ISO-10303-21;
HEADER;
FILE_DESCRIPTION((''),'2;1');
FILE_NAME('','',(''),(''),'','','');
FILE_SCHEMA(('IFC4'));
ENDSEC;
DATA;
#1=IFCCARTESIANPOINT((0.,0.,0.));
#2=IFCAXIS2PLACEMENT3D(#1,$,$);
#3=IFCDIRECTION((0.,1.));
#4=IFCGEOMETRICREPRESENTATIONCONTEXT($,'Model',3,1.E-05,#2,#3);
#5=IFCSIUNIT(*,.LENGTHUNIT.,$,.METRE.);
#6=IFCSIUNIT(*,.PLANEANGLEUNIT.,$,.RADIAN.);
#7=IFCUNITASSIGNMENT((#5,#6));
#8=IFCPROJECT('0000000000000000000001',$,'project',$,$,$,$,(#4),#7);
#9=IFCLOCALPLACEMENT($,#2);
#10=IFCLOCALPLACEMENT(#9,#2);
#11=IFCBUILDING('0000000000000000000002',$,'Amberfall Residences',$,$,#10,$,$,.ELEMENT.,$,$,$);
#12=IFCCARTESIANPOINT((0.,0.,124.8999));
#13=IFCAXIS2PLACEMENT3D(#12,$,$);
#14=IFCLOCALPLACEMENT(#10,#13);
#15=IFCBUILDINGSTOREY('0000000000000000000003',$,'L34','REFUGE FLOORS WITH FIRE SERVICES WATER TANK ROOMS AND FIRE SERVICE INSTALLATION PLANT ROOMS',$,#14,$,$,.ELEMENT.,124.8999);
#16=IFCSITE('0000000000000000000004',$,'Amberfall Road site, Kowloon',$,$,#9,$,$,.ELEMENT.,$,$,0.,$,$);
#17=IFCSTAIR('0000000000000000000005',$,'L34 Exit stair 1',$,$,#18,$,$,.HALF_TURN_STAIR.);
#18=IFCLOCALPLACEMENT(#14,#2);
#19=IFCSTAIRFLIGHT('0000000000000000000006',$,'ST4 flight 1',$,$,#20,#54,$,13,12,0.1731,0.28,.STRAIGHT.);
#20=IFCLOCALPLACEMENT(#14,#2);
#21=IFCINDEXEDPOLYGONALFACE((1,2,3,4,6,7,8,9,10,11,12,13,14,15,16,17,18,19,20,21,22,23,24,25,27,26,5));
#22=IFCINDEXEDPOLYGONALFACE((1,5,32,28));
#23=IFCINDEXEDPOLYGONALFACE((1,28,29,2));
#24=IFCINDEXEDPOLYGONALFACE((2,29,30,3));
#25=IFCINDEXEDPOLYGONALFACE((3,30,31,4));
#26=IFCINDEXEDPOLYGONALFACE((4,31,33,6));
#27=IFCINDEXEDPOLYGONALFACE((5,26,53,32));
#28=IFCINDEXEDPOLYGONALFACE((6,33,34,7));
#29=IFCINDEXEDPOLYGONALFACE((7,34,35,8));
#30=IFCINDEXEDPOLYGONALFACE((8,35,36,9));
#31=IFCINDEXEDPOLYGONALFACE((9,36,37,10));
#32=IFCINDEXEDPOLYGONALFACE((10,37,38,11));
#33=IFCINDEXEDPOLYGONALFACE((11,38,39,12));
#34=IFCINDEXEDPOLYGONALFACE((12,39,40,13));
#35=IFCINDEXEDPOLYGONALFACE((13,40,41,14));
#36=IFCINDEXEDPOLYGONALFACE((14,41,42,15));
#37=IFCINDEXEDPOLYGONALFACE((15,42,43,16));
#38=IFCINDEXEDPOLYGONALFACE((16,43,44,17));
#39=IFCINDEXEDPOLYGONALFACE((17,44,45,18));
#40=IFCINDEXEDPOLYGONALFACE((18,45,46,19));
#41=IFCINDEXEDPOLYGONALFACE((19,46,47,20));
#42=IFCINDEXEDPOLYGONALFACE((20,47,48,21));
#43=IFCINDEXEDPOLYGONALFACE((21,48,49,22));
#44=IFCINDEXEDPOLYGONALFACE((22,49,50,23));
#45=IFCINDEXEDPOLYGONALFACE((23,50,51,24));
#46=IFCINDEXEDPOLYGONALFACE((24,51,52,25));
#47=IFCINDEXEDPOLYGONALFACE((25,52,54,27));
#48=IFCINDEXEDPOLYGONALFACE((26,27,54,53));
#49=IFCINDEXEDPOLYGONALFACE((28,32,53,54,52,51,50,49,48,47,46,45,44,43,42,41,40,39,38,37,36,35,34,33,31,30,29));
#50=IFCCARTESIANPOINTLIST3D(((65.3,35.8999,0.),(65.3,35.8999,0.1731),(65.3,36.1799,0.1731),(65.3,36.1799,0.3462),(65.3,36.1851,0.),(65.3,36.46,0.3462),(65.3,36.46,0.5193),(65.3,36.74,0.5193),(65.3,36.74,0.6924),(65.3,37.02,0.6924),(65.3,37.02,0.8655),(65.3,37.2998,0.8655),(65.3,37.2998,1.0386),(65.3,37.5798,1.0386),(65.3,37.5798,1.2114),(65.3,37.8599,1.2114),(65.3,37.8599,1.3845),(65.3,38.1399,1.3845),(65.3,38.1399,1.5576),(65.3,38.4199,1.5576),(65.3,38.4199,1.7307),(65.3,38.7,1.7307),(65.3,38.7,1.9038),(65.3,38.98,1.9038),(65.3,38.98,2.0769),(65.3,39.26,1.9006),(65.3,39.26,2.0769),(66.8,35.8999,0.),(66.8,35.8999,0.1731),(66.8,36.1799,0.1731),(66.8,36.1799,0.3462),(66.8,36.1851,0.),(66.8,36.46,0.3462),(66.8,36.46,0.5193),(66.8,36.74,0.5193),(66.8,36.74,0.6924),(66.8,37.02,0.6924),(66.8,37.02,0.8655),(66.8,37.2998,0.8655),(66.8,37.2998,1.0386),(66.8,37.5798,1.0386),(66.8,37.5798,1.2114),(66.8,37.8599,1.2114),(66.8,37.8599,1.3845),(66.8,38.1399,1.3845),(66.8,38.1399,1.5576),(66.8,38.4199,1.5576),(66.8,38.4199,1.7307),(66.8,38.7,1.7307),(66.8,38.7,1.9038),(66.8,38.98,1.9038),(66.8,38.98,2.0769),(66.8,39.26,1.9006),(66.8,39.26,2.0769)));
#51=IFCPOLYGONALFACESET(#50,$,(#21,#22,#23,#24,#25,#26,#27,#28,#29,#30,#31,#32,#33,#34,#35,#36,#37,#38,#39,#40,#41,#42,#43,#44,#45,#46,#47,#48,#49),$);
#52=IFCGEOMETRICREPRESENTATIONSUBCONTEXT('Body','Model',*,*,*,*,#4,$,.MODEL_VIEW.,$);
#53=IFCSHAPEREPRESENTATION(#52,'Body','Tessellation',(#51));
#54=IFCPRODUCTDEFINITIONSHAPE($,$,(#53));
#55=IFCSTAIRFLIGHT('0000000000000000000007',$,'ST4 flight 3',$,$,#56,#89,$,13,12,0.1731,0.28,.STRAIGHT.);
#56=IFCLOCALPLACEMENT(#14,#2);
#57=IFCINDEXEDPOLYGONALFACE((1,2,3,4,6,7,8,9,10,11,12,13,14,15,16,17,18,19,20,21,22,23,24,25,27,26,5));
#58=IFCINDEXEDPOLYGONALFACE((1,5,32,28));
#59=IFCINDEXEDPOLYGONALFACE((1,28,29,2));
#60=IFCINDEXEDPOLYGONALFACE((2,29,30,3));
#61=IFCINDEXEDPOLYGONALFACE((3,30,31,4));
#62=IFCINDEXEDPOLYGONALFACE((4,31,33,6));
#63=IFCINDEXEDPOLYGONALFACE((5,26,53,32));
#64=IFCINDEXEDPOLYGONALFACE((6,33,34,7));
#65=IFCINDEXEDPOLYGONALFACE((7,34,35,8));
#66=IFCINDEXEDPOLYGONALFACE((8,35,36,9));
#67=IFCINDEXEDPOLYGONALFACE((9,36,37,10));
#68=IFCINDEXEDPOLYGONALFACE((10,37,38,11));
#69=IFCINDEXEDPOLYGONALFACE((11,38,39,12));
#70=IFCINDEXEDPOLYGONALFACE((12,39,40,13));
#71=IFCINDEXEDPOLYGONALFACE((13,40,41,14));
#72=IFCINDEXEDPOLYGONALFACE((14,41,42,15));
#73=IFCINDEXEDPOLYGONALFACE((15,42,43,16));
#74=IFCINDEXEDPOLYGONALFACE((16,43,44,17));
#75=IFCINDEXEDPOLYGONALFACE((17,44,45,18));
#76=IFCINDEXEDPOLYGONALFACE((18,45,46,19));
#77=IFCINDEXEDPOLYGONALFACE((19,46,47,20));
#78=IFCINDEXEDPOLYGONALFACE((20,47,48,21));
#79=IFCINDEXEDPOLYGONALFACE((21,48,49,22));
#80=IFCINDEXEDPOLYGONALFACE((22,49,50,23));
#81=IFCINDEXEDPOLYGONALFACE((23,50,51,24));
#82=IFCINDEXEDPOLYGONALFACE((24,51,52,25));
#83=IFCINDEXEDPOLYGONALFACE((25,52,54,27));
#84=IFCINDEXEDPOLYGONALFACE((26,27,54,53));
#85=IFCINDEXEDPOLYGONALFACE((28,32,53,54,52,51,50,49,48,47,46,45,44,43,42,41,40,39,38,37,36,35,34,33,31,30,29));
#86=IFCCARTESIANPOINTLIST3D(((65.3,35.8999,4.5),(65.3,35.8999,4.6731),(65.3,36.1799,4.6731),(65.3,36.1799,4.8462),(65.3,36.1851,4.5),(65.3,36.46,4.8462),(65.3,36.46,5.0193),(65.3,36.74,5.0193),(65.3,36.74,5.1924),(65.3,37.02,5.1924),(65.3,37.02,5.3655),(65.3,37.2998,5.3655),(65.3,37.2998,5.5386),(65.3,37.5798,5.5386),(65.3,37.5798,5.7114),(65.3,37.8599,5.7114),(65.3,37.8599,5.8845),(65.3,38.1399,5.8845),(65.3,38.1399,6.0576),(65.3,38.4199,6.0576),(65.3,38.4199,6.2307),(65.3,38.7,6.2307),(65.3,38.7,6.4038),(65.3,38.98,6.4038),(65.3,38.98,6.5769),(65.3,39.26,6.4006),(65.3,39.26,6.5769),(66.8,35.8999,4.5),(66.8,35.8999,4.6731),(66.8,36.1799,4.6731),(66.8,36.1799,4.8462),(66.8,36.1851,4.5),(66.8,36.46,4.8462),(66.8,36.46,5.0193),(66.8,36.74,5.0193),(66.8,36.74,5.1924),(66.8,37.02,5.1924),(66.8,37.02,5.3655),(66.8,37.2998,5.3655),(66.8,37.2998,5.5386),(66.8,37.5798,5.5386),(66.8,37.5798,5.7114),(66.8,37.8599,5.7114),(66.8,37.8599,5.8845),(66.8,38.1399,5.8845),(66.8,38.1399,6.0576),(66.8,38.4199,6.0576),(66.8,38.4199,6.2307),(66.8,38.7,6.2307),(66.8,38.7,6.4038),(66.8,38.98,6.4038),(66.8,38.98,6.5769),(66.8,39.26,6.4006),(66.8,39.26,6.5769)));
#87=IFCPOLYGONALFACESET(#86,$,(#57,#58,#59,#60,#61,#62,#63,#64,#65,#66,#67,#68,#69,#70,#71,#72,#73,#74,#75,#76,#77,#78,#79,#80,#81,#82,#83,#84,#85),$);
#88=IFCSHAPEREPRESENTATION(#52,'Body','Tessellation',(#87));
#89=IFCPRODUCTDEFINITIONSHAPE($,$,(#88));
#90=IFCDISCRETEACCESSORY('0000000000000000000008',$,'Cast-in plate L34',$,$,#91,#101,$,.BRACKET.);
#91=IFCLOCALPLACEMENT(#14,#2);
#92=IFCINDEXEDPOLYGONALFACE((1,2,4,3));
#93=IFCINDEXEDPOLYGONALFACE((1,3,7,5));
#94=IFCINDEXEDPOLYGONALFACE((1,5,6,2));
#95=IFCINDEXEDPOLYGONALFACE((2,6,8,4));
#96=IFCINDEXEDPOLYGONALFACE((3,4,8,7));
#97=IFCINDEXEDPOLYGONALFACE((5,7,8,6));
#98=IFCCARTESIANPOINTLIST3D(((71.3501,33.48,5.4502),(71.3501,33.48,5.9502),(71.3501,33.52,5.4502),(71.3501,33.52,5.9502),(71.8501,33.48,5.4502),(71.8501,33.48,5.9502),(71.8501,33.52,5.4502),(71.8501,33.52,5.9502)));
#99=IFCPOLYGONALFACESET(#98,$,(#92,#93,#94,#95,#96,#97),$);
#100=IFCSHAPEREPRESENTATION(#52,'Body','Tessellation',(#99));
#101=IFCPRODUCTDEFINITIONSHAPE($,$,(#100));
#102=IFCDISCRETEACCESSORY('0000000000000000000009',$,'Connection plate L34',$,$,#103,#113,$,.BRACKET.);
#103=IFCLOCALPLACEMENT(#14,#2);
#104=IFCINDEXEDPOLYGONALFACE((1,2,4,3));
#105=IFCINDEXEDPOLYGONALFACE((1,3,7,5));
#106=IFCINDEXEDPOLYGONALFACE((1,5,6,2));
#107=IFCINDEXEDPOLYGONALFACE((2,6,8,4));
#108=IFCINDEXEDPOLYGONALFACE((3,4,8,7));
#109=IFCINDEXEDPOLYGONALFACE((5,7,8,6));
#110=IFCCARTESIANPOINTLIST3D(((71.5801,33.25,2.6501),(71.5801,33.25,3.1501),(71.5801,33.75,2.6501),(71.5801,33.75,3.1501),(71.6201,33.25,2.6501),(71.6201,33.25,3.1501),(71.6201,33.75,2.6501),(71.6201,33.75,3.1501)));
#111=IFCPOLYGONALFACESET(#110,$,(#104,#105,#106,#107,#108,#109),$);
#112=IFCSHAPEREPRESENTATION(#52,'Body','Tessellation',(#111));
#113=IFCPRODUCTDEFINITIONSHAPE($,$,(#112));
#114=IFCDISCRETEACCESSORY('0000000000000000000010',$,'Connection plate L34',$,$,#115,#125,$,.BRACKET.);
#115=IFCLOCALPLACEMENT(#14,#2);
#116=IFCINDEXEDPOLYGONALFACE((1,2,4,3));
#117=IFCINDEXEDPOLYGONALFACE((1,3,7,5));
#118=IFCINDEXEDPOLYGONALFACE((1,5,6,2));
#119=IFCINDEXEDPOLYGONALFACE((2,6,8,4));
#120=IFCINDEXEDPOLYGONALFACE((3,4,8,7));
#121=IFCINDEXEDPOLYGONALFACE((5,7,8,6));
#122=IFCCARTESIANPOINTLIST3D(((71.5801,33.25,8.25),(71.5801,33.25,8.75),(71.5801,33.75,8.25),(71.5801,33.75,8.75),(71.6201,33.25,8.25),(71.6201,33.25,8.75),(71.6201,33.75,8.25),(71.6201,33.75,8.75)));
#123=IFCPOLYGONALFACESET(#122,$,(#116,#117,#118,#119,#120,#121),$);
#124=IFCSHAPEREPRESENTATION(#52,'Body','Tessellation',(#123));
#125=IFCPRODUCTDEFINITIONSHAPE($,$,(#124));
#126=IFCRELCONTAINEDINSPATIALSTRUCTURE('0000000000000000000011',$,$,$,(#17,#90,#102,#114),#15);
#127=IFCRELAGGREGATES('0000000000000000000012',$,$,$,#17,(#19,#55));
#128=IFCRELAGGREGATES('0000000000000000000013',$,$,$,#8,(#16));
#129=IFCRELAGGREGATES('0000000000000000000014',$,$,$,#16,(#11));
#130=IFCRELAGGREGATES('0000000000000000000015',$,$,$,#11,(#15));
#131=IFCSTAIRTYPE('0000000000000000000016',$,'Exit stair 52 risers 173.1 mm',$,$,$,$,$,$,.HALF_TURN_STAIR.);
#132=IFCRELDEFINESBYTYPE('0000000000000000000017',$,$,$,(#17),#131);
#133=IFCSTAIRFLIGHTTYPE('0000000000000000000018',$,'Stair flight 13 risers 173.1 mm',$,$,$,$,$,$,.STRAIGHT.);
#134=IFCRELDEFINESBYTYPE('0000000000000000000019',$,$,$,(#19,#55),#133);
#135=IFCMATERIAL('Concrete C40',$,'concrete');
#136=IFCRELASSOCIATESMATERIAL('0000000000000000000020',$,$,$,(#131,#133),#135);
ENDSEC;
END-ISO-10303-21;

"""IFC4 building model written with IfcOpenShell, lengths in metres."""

from ifc_helpers import new_model, si_unit, direction, frame, origin, origin_2d, place, context, subcontext, project, spatial, polyline, rectangle, outline, extrude, material, type_object, element, aggregate, save


model = new_model("IFC4")

# Units and contexts
model_context = context("Model", 3, precision=1e-05, world=origin(), true_north=direction((0.0, 1.0)))
body_context = subcontext(model_context, "Body", "Model", "MODEL_VIEW")
ifc_project = project(units=[si_unit("LENGTHUNIT", "METRE"), si_unit("PLANEANGLEUNIT", "RADIAN")], contexts=[model_context])

# Site, building, storey
site_placement = place(None, origin())
site = spatial("IfcSite", under=ifc_project, at=site_placement, Name="Amberfall Road site, Kowloon", CompositionType="ELEMENT", RefElevation=0.0)
building_placement = place(site_placement, origin())
building = spatial("IfcBuilding", under=site, at=building_placement, Name="Amberfall Residences", CompositionType="ELEMENT")
storey_placement = place(building_placement, frame((0.0, 0.0, 124.8999)))
storey = spatial("IfcBuildingStorey", under=building, at=storey_placement, Name="L34", Description="REFUGE FLOORS WITH FIRE SERVICES WATER TANK ROOMS AND FIRE SERVICE INSTALLATION PLANT ROOMS", CompositionType="ELEMENT", Elevation=124.8999)

# Stair, stair flights
ifc_material_1 = material(Name="Concrete C40", Category="concrete")
stair_type = type_object("IfcStairType", Name="Exit stair 52 risers 173.1 mm", PredefinedType="HALF_TURN_STAIR", material=ifc_material_1)
stair_placement = place(storey_placement, origin())
stair = element("IfcStair", 1, at=stair_placement, inside=storey, type_object=stair_type, Name="L34 Exit stair 1", PredefinedType="HALF_TURN_STAIR")
stair_flight_type = type_object("IfcStairFlightType", Name="Stair flight 13 risers 173.1 mm", PredefinedType="STRAIGHT", material=ifc_material_1)
stair_flight_1_placement = place(storey_placement, frame((66.05, 35.8999, 0.0), z_axis=(0.0, 0.0, 1.0), x_axis=(0.0, 1.0, 0.0)))
stair_flight_1 = element("IfcStairFlight", 2, at=stair_flight_1_placement, type_object=stair_flight_type, Name="ST4 flight 1", NumberOfRisers=13, NumberOfTreads=12, PredefinedType="STRAIGHT", RiserHeight=0.1731, TreadLength=0.28, context=body_context, shape_type="SweptSolid", body=[
    extrude(outline(polyline([(0.0, 0.0), (0.0, 0.1731), (0.28, 0.1731), (0.28, 0.3462), (0.5601, 0.3462), (0.5601, 0.5193), (0.8401, 0.5193), (0.8401, 0.6924), (1.1201, 0.6924), (1.1201, 0.8655), (1.3999, 0.8655), (1.3999, 1.0386), (1.6799, 1.0386), (1.6799, 1.2114), (1.96, 1.2114), (1.96, 1.3845), (2.24, 1.3845), (2.24, 1.5576), (2.52, 1.5576), (2.52, 1.7307), (2.8, 1.7307), (2.8, 1.9038), (3.0801, 1.9038), (3.0801, 2.0769), (3.3601, 2.0769), (3.3601, 2.25), (3.3601, 1.9006), (0.2852, 0.0), (0.0, 0.0)])), frame((0.0, 0.75, 0.0), z_axis=(0.0, -1.0, 0.0), x_axis=(1.0, 0.0, 0.0)), (0.0, 0.0, 1.0), 1.5),
])
stair_flight_2_placement = place(storey_placement, frame((66.05, 35.8999, 4.5), z_axis=(0.0, 0.0, 1.0), x_axis=(0.0, 1.0, 0.0)))
stair_flight_2 = element("IfcStairFlight", 3, at=stair_flight_2_placement, type_object=stair_flight_type, Name="ST4 flight 3", NumberOfRisers=13, NumberOfTreads=12, PredefinedType="STRAIGHT", RiserHeight=0.1731, TreadLength=0.28, context=body_context, shape_type="SweptSolid", body=[
    extrude(outline(polyline([(0.0, 0.0), (0.0, 0.1731), (0.28, 0.1731), (0.28, 0.3462), (0.5601, 0.3462), (0.5601, 0.5193), (0.8401, 0.5193), (0.8401, 0.6924), (1.1201, 0.6924), (1.1201, 0.8655), (1.3999, 0.8655), (1.3999, 1.0386), (1.6799, 1.0386), (1.6799, 1.2114), (1.96, 1.2114), (1.96, 1.3845), (2.24, 1.3845), (2.24, 1.5576), (2.52, 1.5576), (2.52, 1.7307), (2.8, 1.7307), (2.8, 1.9038), (3.0801, 1.9038), (3.0801, 2.0769), (3.3601, 2.0769), (3.3601, 2.25), (3.3601, 1.9006), (0.2852, 0.0), (0.0, 0.0)])), frame((0.0, 0.75, 0.0), z_axis=(0.0, -1.0, 0.0), x_axis=(1.0, 0.0, 0.0)), (0.0, 0.0, 1.0), 1.5),
])
aggregate(stair, [stair_flight_1, stair_flight_2])

# Discrete accessories
discrete_accessory_placement = place(storey_placement, frame((71.6001, 33.5, 5.4502), z_axis=(0.0, 0.0, 1.0), x_axis=(0.0, 1.0, 0.0)))
element("IfcDiscreteAccessory", 4, at=discrete_accessory_placement, inside=storey, Name="Cast-in plate L34", PredefinedType="BRACKET", context=body_context, shape_type="SweptSolid", body=[
    extrude(rectangle(XDim=0.04, YDim=0.5, at=origin_2d()), origin(), (0.0, 0.0, 1.0), 0.5),
])
for number, where, z_axis, x_axis, name in (
    (5, (71.6001, 33.5, 2.6501), (0.0, 0.0, 1.0), (0.0, 1.0, 0.0), "Connection plate L34"),
    (6, (71.6001, 33.5, 8.25), (0.0, 0.0, 1.0), (0.0, 1.0, 0.0), "Connection plate L34"),
):
    element("IfcDiscreteAccessory", number, at=place(storey_placement, frame(where, z_axis=z_axis, x_axis=x_axis)), inside=storey, Name=name, PredefinedType="BRACKET", context=body_context, shape_type="SweptSolid", body=[
        extrude(rectangle(XDim=0.5, YDim=0.04, at=origin_2d()), origin(), (0.0, 0.0, 1.0), 0.5),
    ])

save(model, "model.ifc")
